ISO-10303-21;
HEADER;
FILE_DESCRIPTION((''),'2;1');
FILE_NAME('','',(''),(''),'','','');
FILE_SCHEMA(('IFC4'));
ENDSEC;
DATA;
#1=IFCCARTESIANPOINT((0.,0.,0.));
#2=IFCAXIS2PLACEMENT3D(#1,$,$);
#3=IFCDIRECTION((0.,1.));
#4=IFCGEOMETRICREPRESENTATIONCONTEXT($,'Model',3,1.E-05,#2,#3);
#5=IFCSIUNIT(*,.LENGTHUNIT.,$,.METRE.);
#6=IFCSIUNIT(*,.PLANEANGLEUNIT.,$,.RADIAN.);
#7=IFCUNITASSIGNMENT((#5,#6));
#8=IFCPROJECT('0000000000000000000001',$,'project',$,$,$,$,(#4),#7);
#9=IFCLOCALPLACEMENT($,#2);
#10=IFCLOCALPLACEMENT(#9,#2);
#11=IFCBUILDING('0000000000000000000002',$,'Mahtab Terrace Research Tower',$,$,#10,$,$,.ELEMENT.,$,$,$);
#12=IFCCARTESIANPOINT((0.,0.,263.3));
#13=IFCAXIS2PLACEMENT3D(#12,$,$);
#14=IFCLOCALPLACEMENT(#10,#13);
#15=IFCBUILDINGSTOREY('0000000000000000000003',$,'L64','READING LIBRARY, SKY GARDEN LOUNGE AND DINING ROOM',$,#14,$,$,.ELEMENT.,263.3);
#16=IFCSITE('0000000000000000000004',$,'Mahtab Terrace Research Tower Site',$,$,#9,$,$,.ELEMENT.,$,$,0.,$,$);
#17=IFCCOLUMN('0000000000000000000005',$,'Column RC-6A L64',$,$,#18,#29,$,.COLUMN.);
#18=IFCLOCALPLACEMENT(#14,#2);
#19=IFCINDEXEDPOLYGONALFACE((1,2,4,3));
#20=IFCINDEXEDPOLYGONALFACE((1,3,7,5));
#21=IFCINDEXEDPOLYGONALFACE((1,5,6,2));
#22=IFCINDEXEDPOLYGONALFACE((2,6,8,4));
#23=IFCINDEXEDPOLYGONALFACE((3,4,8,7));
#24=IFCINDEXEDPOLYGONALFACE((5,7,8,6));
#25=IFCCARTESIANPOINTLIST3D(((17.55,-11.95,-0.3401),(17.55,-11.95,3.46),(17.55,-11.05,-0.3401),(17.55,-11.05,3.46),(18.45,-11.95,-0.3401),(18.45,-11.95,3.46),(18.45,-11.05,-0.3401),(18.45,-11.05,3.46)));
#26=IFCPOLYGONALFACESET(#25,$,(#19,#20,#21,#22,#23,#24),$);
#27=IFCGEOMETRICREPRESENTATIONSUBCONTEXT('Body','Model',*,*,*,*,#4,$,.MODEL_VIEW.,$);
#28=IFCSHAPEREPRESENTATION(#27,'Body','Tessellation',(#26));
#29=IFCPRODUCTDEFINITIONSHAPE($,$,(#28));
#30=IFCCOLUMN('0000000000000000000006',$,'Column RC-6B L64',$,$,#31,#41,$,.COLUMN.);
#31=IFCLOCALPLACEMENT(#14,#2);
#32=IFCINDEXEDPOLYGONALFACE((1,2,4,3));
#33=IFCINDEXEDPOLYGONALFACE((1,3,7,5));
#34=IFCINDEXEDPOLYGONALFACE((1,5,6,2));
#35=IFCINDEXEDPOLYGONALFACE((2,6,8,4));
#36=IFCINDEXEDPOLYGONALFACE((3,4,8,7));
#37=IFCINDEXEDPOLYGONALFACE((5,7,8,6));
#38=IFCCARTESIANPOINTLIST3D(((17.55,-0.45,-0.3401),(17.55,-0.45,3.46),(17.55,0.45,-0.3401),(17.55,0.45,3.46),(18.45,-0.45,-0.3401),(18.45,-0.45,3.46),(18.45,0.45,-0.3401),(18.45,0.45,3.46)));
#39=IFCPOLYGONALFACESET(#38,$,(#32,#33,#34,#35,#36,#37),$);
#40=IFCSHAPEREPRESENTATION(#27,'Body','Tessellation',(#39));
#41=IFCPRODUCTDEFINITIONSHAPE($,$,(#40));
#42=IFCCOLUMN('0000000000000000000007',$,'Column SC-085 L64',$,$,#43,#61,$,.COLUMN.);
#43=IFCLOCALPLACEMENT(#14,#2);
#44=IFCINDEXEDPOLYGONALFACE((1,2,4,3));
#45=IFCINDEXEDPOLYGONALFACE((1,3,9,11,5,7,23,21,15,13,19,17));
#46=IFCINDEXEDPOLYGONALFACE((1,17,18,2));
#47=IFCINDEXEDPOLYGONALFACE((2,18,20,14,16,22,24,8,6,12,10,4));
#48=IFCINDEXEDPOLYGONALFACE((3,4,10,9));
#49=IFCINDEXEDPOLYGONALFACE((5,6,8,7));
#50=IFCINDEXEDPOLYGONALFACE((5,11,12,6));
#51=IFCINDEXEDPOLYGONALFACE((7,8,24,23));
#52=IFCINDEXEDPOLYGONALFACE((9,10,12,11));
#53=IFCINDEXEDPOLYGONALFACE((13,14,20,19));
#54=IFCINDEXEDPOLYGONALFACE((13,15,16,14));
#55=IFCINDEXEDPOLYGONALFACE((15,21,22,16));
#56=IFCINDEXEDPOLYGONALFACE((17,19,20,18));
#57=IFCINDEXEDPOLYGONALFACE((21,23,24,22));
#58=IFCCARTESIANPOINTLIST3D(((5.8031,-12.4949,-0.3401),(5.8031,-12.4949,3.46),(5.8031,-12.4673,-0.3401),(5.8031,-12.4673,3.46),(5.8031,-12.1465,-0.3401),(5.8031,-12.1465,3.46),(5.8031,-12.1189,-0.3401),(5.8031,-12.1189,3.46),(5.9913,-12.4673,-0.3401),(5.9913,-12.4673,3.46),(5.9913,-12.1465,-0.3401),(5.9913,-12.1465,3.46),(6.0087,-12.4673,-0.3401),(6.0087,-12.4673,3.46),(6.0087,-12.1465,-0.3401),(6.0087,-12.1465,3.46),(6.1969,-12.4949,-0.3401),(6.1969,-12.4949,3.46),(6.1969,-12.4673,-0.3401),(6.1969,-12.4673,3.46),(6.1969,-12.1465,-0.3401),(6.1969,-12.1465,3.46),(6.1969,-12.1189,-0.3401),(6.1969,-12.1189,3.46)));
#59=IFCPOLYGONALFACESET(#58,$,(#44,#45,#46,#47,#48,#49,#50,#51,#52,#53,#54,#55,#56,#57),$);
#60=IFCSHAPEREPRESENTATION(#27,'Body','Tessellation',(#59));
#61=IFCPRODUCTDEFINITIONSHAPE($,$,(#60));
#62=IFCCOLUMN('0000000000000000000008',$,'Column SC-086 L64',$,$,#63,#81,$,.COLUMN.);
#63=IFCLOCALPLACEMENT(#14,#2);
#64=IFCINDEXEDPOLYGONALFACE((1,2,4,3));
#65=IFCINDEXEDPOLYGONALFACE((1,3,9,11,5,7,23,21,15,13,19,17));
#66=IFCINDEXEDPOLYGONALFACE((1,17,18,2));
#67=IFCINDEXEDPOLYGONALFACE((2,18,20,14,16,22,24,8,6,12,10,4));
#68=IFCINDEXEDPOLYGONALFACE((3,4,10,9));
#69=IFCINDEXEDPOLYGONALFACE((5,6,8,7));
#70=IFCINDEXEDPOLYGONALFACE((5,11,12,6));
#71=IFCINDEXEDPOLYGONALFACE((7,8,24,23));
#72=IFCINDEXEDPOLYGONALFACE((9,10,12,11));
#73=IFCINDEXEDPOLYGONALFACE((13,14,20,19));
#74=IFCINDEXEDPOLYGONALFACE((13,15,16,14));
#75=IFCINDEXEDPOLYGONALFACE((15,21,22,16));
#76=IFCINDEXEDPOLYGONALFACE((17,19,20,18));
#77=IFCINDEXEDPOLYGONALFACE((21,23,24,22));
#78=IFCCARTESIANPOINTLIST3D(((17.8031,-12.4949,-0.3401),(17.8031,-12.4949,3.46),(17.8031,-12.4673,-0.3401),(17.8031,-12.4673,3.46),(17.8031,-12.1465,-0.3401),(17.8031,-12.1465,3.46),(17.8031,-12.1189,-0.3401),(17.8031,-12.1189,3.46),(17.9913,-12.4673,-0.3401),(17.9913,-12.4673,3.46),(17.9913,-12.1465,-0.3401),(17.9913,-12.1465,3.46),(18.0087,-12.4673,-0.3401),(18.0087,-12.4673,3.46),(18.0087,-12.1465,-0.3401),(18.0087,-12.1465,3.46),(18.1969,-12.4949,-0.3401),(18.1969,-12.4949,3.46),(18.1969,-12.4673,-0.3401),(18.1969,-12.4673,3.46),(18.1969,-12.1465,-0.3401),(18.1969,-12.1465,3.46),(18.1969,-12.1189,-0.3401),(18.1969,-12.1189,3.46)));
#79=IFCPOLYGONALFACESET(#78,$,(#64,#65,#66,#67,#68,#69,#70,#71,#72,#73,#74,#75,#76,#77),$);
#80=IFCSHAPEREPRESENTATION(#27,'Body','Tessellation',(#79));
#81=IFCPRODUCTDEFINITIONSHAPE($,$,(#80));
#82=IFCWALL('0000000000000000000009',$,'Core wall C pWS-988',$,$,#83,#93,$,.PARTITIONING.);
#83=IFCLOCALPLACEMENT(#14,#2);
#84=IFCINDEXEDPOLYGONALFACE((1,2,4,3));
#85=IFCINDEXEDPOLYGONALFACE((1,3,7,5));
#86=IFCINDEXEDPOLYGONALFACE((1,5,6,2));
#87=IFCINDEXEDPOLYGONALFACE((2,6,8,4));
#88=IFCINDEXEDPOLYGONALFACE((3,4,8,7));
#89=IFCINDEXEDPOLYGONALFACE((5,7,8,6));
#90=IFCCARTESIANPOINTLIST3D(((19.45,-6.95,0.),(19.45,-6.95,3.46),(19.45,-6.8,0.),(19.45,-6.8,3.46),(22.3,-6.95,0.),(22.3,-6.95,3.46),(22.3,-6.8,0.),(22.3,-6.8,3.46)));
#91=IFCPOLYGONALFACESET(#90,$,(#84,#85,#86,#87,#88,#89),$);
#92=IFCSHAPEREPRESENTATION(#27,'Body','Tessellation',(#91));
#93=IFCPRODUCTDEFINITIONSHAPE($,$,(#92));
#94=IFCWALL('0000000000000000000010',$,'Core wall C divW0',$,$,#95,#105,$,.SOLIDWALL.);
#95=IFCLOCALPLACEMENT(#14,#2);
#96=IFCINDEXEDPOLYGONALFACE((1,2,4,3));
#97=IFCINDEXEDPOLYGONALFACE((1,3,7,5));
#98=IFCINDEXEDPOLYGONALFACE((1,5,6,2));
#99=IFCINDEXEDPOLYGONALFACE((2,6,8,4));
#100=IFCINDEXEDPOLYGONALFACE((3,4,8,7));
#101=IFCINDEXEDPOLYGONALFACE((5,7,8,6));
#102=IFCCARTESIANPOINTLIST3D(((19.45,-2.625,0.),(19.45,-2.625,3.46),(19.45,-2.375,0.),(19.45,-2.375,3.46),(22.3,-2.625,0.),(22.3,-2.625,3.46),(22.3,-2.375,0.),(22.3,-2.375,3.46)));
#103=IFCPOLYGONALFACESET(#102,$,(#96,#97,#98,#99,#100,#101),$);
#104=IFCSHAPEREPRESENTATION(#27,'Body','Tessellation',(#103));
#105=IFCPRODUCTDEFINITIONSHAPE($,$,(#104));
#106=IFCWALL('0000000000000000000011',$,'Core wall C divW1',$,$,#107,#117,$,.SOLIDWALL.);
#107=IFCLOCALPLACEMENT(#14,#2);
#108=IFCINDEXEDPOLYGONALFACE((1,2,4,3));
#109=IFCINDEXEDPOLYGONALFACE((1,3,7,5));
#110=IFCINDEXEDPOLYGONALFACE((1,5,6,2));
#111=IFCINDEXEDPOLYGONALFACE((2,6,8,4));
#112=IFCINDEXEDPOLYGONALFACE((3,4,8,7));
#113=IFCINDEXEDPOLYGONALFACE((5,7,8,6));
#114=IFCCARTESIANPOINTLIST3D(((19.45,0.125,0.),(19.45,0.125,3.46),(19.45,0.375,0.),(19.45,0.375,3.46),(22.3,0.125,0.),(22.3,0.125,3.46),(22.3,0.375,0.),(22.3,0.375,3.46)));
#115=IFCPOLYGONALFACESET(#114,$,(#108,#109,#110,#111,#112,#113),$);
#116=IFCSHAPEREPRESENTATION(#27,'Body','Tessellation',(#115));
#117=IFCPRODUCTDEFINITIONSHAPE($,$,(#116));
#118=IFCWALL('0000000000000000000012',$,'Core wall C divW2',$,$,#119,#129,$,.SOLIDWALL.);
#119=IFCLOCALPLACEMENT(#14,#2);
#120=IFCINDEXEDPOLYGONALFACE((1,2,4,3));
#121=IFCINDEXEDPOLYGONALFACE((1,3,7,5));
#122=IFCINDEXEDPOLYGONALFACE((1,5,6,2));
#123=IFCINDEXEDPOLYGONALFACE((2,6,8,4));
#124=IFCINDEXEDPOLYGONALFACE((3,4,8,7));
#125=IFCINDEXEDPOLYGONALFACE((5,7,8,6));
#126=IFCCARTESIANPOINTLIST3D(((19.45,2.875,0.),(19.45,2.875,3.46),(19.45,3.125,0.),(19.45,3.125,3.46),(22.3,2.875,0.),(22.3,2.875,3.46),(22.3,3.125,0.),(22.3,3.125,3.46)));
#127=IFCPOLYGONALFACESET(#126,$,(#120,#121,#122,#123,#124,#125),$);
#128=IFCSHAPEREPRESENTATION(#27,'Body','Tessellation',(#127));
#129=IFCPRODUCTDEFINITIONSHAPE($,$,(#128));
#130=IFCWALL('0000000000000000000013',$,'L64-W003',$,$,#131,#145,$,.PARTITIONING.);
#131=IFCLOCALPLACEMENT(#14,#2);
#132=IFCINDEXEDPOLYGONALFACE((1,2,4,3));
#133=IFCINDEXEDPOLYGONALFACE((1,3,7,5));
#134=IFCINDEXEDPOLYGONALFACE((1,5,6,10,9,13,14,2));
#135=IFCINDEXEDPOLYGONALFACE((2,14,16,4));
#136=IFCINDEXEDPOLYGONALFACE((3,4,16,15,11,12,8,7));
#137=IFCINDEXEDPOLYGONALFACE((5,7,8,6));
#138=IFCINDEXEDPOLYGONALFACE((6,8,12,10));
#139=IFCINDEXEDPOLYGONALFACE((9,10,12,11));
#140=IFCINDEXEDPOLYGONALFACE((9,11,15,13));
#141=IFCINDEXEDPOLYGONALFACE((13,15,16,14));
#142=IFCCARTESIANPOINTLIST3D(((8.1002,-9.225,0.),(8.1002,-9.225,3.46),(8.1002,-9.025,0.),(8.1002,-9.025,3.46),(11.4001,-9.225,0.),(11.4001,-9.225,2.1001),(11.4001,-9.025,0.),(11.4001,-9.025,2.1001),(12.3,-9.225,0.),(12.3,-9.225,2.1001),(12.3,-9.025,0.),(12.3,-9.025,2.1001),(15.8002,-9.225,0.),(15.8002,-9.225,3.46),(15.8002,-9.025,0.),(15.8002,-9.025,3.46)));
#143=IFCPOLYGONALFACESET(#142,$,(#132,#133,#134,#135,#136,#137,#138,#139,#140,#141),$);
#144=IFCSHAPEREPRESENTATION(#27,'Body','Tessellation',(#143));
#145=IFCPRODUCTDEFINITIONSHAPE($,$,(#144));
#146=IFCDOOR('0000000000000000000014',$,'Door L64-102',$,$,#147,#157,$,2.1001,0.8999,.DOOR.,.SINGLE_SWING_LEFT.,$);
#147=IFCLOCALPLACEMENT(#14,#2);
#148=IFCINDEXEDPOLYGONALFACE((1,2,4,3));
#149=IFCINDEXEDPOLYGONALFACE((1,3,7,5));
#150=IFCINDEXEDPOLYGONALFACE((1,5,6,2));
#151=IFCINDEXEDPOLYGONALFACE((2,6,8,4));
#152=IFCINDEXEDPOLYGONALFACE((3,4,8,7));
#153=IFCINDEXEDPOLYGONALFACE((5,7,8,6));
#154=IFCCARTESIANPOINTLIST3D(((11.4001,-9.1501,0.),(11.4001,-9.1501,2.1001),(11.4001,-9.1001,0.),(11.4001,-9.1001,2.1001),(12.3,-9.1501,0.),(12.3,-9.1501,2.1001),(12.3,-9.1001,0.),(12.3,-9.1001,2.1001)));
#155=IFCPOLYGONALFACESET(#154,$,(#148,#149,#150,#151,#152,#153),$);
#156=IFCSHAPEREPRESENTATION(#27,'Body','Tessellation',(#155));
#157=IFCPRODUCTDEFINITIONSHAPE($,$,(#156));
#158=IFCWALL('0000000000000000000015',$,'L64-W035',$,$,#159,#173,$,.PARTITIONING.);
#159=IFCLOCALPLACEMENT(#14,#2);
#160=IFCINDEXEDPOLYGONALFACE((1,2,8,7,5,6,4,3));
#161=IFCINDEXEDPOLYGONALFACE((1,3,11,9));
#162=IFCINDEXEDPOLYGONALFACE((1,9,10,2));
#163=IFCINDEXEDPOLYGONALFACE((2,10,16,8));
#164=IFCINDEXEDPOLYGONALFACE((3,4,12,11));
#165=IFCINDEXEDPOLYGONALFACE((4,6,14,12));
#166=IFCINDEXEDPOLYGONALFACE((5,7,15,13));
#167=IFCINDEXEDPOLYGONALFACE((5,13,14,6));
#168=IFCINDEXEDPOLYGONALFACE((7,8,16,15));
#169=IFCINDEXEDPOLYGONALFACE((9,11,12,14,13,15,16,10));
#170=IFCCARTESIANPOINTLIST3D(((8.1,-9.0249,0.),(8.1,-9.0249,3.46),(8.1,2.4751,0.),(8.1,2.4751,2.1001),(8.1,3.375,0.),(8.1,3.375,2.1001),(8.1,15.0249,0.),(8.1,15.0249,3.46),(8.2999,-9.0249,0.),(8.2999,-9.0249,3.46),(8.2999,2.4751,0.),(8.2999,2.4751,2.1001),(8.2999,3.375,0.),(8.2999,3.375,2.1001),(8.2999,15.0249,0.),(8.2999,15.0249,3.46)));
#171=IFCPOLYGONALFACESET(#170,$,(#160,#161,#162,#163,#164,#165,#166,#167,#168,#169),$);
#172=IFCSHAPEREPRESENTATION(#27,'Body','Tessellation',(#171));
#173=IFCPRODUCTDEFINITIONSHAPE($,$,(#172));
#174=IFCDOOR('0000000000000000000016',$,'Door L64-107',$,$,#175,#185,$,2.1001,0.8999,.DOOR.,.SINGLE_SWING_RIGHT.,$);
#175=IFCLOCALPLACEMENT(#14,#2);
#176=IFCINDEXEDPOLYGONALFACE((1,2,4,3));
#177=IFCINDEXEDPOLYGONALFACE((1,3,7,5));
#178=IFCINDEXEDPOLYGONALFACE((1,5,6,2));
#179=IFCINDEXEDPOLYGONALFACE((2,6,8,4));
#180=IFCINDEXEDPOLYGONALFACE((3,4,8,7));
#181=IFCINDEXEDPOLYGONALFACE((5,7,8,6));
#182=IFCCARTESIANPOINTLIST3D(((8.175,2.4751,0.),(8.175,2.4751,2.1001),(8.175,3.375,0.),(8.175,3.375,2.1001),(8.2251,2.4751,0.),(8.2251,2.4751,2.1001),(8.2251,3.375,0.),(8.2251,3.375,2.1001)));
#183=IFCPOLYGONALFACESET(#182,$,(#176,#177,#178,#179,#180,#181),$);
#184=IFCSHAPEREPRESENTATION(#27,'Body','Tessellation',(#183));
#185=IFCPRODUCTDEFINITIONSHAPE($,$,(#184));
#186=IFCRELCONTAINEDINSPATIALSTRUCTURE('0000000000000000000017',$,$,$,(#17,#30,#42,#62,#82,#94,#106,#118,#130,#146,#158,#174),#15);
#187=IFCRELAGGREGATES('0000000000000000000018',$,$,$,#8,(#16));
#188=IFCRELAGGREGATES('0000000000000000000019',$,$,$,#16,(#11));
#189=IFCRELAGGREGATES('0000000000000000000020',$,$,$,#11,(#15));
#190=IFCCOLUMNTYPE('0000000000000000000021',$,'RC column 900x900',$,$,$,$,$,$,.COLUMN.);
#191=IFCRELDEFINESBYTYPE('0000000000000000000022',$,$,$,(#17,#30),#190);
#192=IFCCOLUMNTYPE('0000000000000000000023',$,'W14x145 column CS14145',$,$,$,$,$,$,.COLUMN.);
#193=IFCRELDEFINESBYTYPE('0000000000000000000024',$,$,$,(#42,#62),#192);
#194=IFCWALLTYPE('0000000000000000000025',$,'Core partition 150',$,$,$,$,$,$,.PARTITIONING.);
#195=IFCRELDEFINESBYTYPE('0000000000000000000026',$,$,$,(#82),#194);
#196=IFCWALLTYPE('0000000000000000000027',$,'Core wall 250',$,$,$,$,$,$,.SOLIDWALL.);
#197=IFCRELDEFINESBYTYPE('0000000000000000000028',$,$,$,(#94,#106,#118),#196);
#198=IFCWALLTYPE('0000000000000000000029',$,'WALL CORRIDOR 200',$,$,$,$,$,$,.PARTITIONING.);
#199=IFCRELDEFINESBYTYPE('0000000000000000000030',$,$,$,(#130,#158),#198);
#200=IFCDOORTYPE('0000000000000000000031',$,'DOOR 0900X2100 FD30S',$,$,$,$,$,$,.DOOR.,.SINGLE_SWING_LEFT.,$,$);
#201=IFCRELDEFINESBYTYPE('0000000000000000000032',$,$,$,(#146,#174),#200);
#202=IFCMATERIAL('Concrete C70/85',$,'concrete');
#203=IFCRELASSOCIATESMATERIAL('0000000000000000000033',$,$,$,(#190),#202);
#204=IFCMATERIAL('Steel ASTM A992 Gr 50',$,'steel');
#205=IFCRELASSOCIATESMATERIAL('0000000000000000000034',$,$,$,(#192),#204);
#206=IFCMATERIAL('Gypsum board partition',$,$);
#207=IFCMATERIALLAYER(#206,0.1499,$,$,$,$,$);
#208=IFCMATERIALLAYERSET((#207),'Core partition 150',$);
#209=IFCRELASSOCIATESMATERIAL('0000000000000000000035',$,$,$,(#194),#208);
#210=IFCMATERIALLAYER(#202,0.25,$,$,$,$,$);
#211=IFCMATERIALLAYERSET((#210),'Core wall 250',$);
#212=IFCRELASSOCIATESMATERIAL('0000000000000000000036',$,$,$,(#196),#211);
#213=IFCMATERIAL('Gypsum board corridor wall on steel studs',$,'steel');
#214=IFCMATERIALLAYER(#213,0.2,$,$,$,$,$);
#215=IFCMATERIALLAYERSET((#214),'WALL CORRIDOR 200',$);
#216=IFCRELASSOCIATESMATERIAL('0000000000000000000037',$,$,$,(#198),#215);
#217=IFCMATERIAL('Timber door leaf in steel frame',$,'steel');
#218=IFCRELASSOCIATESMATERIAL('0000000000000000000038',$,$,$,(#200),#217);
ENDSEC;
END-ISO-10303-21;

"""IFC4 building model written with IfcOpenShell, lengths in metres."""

from ifc_helpers import new_model, si_unit, direction, frame, frame_2d, origin, origin_2d, place, context, subcontext, project, spatial, rectangle, i_section, extrude, material, layer, layer_set, material_profile, profile_set, type_object, element, fill, save


model = new_model("IFC4")

# Units and contexts
model_context = context("Model", 3, precision=1e-05, world=origin(), true_north=direction((0.0, 1.0)))
body_context = subcontext(model_context, "Body", "Model", "MODEL_VIEW")
ifc_project = project(units=[si_unit("LENGTHUNIT", "METRE"), si_unit("PLANEANGLEUNIT", "RADIAN")], contexts=[model_context])

# Site, building, storey
site_placement = place(None, origin())
site = spatial("IfcSite", under=ifc_project, at=site_placement, Name="Mahtab Terrace Research Tower Site", CompositionType="ELEMENT", RefElevation=0.0)
building_placement = place(site_placement, origin())
building = spatial("IfcBuilding", under=site, at=building_placement, Name="Mahtab Terrace Research Tower", CompositionType="ELEMENT")
storey_placement = place(building_placement, frame((0.0, 0.0, 263.3)))
storey = spatial("IfcBuildingStorey", under=building, at=storey_placement, Name="L64", Description="READING LIBRARY, SKY GARDEN LOUNGE AND DINING ROOM", CompositionType="ELEMENT", Elevation=263.3)

# Columns
ifc_material_1 = material(Name="Concrete C70/85", Category="concrete")
ifc_material_profile_1 = material_profile(ifc_material_1, rectangle(XDim=0.8999, YDim=0.8999, at=origin_2d()), Name="RC column 900x900")
ifc_profile_set_1 = profile_set([ifc_material_profile_1], Name="Concrete C70/85")
column_type_1 = type_object("IfcColumnType", Name="RC column 900x900", PredefinedType="COLUMN", material=ifc_profile_set_1)
for number, where, z_axis, x_axis, name in (
    (1, (18.0, -11.5, -0.3401), (0.0, 0.0, 1.0), (1.0, 0.0, 0.0), "Column RC-6A L64"),
    (2, (18.0, 0.0, -0.3401), (0.0, 0.0, 1.0), (1.0, 0.0, 0.0), "Column RC-6B L64"),
):
    element("IfcColumn", number, at=place(storey_placement, frame(where, z_axis=z_axis, x_axis=x_axis)), inside=storey, type_object=column_type_1, Name=name, PredefinedType="COLUMN", context=body_context, shape_type="SweptSolid", body=[
        extrude(rectangle(XDim=0.8999, YDim=0.8999, at=origin_2d()), origin(), (0.0, 0.0, 1.0), 3.8),
    ])
ifc_material_2 = material(Name="Steel ASTM A992 Gr 50", Category="steel")
ifc_material_profile_2 = material_profile(ifc_material_2, i_section(OverallWidth=0.3938, OverallDepth=0.376, WebThickness=0.0173, FlangeThickness=0.0276, at=origin_2d()), Name="W14X145")
ifc_profile_set_2 = profile_set([ifc_material_profile_2], Name="Steel ASTM A992 Gr 50")
column_type_2 = type_object("IfcColumnType", Name="W14x145 column CS14145", PredefinedType="COLUMN", material=ifc_profile_set_2)
for number, where, z_axis, x_axis, name in (
    (3, (6.0, -12.3069, -0.3401), (0.0, 0.0, 1.0), (1.0, 0.0, 0.0), "Column SC-085 L64"),
    (4, (18.0, -12.3069, -0.3401), (0.0, 0.0, 1.0), (1.0, 0.0, 0.0), "Column SC-086 L64"),
):
    element("IfcColumn", number, at=place(storey_placement, frame(where, z_axis=z_axis, x_axis=x_axis)), inside=storey, type_object=column_type_2, Name=name, PredefinedType="COLUMN", context=body_context, shape_type="SweptSolid", body=[
        extrude(i_section(OverallWidth=0.3938, OverallDepth=0.376, WebThickness=0.0173, FlangeThickness=0.0276, at=origin_2d()), origin(), (0.0, 0.0, 1.0), 3.8),
    ])

# Walls
ifc_material_3 = material(Name="Gypsum board partition")
ifc_layer_1 = layer(ifc_material_3, 0.1499)
ifc_layer_set_1 = layer_set([ifc_layer_1], Name="Core partition 150")
wall_type_1 = type_object("IfcWallType", Name="Core partition 150", PredefinedType="PARTITIONING", material=ifc_layer_set_1)
wall_1_placement = place(storey_placement, frame((19.45, -6.875, 0.0), z_axis=(0.0, 0.0, 1.0), x_axis=(1.0, 0.0, 0.0)))
element("IfcWall", 5, at=wall_1_placement, inside=storey, type_object=wall_type_1, Name="Core wall C pWS-988", PredefinedType="PARTITIONING", context=body_context, shape_type="SweptSolid", body=[
    extrude(rectangle(XDim=2.8501, YDim=0.1499, at=frame_2d((1.425, 0.0))), origin(), (0.0, 0.0, 1.0), 3.46),
])
ifc_layer_2 = layer(ifc_material_1, 0.25)
ifc_layer_set_2 = layer_set([ifc_layer_2], Name="Core wall 250")
wall_type_2 = type_object("IfcWallType", Name="Core wall 250", PredefinedType="SOLIDWALL", material=ifc_layer_set_2)
for number, where, z_axis, x_axis, name in (
    (6, (19.45, -2.5, 0.0), (0.0, 0.0, 1.0), (1.0, 0.0, 0.0), "Core wall C divW0"),
    (7, (19.45, 0.25, 0.0), (0.0, 0.0, 1.0), (1.0, 0.0, 0.0), "Core wall C divW1"),
    (8, (19.45, 3.0, 0.0), (0.0, 0.0, 1.0), (1.0, 0.0, 0.0), "Core wall C divW2"),
):
    element("IfcWall", number, at=place(storey_placement, frame(where, z_axis=z_axis, x_axis=x_axis)), inside=storey, type_object=wall_type_2, Name=name, PredefinedType="SOLIDWALL", context=body_context, shape_type="SweptSolid", body=[
        extrude(rectangle(XDim=2.8501, YDim=0.25, at=frame_2d((1.425, 0.0))), origin(), (0.0, 0.0, 1.0), 3.46),
    ])

# Walls, openings, doors
ifc_material_4 = material(Name="Gypsum board corridor wall on steel studs", Category="steel")
ifc_layer_3 = layer(ifc_material_4, 0.2)
ifc_layer_set_3 = layer_set([ifc_layer_3], Name="WALL CORRIDOR 200")
wall_type_3 = type_object("IfcWallType", Name="WALL CORRIDOR 200", PredefinedType="PARTITIONING", material=ifc_layer_set_3)
wall_2_placement = place(storey_placement, frame((8.1001, -9.125, 0.0), z_axis=(0.0, 0.0, 1.0), x_axis=(1.0, 0.0, 0.0)))
wall_2 = element("IfcWall", 9, at=wall_2_placement, inside=storey, type_object=wall_type_3, Name="L64-W003", PredefinedType="PARTITIONING", context=body_context, shape_type="SweptSolid", body=[
    extrude(rectangle(XDim=7.7, YDim=0.2, at=frame_2d((3.8501, 0.0))), origin(), (0.0, 0.0, 1.0), 3.46),
])
opening_1_placement = place(wall_2_placement, frame((3.3, 0.0, 0.0)))
opening_1 = element("IfcOpeningElement", 10, at=opening_1_placement, cuts=wall_2, PredefinedType="OPENING", context=body_context, shape_type="SweptSolid", body=[
    extrude(rectangle(XDim=0.8999, YDim=2.1001, at=frame_2d((0.45, 1.05))), frame((0.0, 0.1099, 0.0), z_axis=(0.0, -1.0, 0.0), x_axis=(1.0, 0.0, 0.0)), (0.0, 0.0, 1.0), 0.22),
])
ifc_material_5 = material(Name="Timber door leaf in steel frame", Category="steel")
door_type = type_object("IfcDoorType", Name="DOOR 0900X2100 FD30S", OperationType="SINGLE_SWING_LEFT", PredefinedType="DOOR", material=ifc_material_5)
door_1_placement = place(opening_1_placement, origin())
door_1 = element("IfcDoor", 11, at=door_1_placement, inside=storey, type_object=door_type, Name="Door L64-102", OperationType="SINGLE_SWING_LEFT", OverallHeight=2.1001, OverallWidth=0.8999, PredefinedType="DOOR", context=body_context, shape_type="SweptSolid", body=[
    extrude(rectangle(XDim=0.8999, YDim=2.1001, at=frame_2d((0.45, 1.05))), frame((0.0, 0.0249, 0.0), z_axis=(0.0, -1.0, 0.0), x_axis=(1.0, 0.0, 0.0)), (0.0, 0.0, 1.0), 0.05),
])
fill(opening_1, door_1)
wall_3_placement = place(storey_placement, frame((8.2, -9.0249, 0.0), z_axis=(0.0, 0.0, 1.0), x_axis=(0.0, 1.0, 0.0)))
wall_3 = element("IfcWall", 12, at=wall_3_placement, inside=storey, type_object=wall_type_3, Name="L64-W035", PredefinedType="PARTITIONING", context=body_context, shape_type="SweptSolid", body=[
    extrude(rectangle(XDim=24.0498, YDim=0.2, at=frame_2d((12.0249, 0.0))), origin(), (0.0, 0.0, 1.0), 3.46),
])
opening_2_placement = place(wall_3_placement, frame((11.5, 0.0, 0.0)))
opening_2 = element("IfcOpeningElement", 13, at=opening_2_placement, cuts=wall_3, PredefinedType="OPENING", context=body_context, shape_type="SweptSolid", body=[
    extrude(rectangle(XDim=0.8999, YDim=2.1001, at=frame_2d((0.45, 1.05))), frame((0.0, 0.1099, 0.0), z_axis=(0.0, -1.0, 0.0), x_axis=(1.0, 0.0, 0.0)), (0.0, 0.0, 1.0), 0.22),
])
door_2_placement = place(opening_2_placement, origin())
door_2 = element("IfcDoor", 14, at=door_2_placement, inside=storey, type_object=door_type, Name="Door L64-107", OperationType="SINGLE_SWING_RIGHT", OverallHeight=2.1001, OverallWidth=0.8999, PredefinedType="DOOR", context=body_context, shape_type="SweptSolid", body=[
    extrude(rectangle(XDim=0.8999, YDim=2.1001, at=frame_2d((0.45, 1.05))), frame((0.0, 0.0249, 0.0), z_axis=(0.0, -1.0, 0.0), x_axis=(1.0, 0.0, 0.0)), (0.0, 0.0, 1.0), 0.05),
])
fill(opening_2, door_2)

save(model, "model.ifc")
